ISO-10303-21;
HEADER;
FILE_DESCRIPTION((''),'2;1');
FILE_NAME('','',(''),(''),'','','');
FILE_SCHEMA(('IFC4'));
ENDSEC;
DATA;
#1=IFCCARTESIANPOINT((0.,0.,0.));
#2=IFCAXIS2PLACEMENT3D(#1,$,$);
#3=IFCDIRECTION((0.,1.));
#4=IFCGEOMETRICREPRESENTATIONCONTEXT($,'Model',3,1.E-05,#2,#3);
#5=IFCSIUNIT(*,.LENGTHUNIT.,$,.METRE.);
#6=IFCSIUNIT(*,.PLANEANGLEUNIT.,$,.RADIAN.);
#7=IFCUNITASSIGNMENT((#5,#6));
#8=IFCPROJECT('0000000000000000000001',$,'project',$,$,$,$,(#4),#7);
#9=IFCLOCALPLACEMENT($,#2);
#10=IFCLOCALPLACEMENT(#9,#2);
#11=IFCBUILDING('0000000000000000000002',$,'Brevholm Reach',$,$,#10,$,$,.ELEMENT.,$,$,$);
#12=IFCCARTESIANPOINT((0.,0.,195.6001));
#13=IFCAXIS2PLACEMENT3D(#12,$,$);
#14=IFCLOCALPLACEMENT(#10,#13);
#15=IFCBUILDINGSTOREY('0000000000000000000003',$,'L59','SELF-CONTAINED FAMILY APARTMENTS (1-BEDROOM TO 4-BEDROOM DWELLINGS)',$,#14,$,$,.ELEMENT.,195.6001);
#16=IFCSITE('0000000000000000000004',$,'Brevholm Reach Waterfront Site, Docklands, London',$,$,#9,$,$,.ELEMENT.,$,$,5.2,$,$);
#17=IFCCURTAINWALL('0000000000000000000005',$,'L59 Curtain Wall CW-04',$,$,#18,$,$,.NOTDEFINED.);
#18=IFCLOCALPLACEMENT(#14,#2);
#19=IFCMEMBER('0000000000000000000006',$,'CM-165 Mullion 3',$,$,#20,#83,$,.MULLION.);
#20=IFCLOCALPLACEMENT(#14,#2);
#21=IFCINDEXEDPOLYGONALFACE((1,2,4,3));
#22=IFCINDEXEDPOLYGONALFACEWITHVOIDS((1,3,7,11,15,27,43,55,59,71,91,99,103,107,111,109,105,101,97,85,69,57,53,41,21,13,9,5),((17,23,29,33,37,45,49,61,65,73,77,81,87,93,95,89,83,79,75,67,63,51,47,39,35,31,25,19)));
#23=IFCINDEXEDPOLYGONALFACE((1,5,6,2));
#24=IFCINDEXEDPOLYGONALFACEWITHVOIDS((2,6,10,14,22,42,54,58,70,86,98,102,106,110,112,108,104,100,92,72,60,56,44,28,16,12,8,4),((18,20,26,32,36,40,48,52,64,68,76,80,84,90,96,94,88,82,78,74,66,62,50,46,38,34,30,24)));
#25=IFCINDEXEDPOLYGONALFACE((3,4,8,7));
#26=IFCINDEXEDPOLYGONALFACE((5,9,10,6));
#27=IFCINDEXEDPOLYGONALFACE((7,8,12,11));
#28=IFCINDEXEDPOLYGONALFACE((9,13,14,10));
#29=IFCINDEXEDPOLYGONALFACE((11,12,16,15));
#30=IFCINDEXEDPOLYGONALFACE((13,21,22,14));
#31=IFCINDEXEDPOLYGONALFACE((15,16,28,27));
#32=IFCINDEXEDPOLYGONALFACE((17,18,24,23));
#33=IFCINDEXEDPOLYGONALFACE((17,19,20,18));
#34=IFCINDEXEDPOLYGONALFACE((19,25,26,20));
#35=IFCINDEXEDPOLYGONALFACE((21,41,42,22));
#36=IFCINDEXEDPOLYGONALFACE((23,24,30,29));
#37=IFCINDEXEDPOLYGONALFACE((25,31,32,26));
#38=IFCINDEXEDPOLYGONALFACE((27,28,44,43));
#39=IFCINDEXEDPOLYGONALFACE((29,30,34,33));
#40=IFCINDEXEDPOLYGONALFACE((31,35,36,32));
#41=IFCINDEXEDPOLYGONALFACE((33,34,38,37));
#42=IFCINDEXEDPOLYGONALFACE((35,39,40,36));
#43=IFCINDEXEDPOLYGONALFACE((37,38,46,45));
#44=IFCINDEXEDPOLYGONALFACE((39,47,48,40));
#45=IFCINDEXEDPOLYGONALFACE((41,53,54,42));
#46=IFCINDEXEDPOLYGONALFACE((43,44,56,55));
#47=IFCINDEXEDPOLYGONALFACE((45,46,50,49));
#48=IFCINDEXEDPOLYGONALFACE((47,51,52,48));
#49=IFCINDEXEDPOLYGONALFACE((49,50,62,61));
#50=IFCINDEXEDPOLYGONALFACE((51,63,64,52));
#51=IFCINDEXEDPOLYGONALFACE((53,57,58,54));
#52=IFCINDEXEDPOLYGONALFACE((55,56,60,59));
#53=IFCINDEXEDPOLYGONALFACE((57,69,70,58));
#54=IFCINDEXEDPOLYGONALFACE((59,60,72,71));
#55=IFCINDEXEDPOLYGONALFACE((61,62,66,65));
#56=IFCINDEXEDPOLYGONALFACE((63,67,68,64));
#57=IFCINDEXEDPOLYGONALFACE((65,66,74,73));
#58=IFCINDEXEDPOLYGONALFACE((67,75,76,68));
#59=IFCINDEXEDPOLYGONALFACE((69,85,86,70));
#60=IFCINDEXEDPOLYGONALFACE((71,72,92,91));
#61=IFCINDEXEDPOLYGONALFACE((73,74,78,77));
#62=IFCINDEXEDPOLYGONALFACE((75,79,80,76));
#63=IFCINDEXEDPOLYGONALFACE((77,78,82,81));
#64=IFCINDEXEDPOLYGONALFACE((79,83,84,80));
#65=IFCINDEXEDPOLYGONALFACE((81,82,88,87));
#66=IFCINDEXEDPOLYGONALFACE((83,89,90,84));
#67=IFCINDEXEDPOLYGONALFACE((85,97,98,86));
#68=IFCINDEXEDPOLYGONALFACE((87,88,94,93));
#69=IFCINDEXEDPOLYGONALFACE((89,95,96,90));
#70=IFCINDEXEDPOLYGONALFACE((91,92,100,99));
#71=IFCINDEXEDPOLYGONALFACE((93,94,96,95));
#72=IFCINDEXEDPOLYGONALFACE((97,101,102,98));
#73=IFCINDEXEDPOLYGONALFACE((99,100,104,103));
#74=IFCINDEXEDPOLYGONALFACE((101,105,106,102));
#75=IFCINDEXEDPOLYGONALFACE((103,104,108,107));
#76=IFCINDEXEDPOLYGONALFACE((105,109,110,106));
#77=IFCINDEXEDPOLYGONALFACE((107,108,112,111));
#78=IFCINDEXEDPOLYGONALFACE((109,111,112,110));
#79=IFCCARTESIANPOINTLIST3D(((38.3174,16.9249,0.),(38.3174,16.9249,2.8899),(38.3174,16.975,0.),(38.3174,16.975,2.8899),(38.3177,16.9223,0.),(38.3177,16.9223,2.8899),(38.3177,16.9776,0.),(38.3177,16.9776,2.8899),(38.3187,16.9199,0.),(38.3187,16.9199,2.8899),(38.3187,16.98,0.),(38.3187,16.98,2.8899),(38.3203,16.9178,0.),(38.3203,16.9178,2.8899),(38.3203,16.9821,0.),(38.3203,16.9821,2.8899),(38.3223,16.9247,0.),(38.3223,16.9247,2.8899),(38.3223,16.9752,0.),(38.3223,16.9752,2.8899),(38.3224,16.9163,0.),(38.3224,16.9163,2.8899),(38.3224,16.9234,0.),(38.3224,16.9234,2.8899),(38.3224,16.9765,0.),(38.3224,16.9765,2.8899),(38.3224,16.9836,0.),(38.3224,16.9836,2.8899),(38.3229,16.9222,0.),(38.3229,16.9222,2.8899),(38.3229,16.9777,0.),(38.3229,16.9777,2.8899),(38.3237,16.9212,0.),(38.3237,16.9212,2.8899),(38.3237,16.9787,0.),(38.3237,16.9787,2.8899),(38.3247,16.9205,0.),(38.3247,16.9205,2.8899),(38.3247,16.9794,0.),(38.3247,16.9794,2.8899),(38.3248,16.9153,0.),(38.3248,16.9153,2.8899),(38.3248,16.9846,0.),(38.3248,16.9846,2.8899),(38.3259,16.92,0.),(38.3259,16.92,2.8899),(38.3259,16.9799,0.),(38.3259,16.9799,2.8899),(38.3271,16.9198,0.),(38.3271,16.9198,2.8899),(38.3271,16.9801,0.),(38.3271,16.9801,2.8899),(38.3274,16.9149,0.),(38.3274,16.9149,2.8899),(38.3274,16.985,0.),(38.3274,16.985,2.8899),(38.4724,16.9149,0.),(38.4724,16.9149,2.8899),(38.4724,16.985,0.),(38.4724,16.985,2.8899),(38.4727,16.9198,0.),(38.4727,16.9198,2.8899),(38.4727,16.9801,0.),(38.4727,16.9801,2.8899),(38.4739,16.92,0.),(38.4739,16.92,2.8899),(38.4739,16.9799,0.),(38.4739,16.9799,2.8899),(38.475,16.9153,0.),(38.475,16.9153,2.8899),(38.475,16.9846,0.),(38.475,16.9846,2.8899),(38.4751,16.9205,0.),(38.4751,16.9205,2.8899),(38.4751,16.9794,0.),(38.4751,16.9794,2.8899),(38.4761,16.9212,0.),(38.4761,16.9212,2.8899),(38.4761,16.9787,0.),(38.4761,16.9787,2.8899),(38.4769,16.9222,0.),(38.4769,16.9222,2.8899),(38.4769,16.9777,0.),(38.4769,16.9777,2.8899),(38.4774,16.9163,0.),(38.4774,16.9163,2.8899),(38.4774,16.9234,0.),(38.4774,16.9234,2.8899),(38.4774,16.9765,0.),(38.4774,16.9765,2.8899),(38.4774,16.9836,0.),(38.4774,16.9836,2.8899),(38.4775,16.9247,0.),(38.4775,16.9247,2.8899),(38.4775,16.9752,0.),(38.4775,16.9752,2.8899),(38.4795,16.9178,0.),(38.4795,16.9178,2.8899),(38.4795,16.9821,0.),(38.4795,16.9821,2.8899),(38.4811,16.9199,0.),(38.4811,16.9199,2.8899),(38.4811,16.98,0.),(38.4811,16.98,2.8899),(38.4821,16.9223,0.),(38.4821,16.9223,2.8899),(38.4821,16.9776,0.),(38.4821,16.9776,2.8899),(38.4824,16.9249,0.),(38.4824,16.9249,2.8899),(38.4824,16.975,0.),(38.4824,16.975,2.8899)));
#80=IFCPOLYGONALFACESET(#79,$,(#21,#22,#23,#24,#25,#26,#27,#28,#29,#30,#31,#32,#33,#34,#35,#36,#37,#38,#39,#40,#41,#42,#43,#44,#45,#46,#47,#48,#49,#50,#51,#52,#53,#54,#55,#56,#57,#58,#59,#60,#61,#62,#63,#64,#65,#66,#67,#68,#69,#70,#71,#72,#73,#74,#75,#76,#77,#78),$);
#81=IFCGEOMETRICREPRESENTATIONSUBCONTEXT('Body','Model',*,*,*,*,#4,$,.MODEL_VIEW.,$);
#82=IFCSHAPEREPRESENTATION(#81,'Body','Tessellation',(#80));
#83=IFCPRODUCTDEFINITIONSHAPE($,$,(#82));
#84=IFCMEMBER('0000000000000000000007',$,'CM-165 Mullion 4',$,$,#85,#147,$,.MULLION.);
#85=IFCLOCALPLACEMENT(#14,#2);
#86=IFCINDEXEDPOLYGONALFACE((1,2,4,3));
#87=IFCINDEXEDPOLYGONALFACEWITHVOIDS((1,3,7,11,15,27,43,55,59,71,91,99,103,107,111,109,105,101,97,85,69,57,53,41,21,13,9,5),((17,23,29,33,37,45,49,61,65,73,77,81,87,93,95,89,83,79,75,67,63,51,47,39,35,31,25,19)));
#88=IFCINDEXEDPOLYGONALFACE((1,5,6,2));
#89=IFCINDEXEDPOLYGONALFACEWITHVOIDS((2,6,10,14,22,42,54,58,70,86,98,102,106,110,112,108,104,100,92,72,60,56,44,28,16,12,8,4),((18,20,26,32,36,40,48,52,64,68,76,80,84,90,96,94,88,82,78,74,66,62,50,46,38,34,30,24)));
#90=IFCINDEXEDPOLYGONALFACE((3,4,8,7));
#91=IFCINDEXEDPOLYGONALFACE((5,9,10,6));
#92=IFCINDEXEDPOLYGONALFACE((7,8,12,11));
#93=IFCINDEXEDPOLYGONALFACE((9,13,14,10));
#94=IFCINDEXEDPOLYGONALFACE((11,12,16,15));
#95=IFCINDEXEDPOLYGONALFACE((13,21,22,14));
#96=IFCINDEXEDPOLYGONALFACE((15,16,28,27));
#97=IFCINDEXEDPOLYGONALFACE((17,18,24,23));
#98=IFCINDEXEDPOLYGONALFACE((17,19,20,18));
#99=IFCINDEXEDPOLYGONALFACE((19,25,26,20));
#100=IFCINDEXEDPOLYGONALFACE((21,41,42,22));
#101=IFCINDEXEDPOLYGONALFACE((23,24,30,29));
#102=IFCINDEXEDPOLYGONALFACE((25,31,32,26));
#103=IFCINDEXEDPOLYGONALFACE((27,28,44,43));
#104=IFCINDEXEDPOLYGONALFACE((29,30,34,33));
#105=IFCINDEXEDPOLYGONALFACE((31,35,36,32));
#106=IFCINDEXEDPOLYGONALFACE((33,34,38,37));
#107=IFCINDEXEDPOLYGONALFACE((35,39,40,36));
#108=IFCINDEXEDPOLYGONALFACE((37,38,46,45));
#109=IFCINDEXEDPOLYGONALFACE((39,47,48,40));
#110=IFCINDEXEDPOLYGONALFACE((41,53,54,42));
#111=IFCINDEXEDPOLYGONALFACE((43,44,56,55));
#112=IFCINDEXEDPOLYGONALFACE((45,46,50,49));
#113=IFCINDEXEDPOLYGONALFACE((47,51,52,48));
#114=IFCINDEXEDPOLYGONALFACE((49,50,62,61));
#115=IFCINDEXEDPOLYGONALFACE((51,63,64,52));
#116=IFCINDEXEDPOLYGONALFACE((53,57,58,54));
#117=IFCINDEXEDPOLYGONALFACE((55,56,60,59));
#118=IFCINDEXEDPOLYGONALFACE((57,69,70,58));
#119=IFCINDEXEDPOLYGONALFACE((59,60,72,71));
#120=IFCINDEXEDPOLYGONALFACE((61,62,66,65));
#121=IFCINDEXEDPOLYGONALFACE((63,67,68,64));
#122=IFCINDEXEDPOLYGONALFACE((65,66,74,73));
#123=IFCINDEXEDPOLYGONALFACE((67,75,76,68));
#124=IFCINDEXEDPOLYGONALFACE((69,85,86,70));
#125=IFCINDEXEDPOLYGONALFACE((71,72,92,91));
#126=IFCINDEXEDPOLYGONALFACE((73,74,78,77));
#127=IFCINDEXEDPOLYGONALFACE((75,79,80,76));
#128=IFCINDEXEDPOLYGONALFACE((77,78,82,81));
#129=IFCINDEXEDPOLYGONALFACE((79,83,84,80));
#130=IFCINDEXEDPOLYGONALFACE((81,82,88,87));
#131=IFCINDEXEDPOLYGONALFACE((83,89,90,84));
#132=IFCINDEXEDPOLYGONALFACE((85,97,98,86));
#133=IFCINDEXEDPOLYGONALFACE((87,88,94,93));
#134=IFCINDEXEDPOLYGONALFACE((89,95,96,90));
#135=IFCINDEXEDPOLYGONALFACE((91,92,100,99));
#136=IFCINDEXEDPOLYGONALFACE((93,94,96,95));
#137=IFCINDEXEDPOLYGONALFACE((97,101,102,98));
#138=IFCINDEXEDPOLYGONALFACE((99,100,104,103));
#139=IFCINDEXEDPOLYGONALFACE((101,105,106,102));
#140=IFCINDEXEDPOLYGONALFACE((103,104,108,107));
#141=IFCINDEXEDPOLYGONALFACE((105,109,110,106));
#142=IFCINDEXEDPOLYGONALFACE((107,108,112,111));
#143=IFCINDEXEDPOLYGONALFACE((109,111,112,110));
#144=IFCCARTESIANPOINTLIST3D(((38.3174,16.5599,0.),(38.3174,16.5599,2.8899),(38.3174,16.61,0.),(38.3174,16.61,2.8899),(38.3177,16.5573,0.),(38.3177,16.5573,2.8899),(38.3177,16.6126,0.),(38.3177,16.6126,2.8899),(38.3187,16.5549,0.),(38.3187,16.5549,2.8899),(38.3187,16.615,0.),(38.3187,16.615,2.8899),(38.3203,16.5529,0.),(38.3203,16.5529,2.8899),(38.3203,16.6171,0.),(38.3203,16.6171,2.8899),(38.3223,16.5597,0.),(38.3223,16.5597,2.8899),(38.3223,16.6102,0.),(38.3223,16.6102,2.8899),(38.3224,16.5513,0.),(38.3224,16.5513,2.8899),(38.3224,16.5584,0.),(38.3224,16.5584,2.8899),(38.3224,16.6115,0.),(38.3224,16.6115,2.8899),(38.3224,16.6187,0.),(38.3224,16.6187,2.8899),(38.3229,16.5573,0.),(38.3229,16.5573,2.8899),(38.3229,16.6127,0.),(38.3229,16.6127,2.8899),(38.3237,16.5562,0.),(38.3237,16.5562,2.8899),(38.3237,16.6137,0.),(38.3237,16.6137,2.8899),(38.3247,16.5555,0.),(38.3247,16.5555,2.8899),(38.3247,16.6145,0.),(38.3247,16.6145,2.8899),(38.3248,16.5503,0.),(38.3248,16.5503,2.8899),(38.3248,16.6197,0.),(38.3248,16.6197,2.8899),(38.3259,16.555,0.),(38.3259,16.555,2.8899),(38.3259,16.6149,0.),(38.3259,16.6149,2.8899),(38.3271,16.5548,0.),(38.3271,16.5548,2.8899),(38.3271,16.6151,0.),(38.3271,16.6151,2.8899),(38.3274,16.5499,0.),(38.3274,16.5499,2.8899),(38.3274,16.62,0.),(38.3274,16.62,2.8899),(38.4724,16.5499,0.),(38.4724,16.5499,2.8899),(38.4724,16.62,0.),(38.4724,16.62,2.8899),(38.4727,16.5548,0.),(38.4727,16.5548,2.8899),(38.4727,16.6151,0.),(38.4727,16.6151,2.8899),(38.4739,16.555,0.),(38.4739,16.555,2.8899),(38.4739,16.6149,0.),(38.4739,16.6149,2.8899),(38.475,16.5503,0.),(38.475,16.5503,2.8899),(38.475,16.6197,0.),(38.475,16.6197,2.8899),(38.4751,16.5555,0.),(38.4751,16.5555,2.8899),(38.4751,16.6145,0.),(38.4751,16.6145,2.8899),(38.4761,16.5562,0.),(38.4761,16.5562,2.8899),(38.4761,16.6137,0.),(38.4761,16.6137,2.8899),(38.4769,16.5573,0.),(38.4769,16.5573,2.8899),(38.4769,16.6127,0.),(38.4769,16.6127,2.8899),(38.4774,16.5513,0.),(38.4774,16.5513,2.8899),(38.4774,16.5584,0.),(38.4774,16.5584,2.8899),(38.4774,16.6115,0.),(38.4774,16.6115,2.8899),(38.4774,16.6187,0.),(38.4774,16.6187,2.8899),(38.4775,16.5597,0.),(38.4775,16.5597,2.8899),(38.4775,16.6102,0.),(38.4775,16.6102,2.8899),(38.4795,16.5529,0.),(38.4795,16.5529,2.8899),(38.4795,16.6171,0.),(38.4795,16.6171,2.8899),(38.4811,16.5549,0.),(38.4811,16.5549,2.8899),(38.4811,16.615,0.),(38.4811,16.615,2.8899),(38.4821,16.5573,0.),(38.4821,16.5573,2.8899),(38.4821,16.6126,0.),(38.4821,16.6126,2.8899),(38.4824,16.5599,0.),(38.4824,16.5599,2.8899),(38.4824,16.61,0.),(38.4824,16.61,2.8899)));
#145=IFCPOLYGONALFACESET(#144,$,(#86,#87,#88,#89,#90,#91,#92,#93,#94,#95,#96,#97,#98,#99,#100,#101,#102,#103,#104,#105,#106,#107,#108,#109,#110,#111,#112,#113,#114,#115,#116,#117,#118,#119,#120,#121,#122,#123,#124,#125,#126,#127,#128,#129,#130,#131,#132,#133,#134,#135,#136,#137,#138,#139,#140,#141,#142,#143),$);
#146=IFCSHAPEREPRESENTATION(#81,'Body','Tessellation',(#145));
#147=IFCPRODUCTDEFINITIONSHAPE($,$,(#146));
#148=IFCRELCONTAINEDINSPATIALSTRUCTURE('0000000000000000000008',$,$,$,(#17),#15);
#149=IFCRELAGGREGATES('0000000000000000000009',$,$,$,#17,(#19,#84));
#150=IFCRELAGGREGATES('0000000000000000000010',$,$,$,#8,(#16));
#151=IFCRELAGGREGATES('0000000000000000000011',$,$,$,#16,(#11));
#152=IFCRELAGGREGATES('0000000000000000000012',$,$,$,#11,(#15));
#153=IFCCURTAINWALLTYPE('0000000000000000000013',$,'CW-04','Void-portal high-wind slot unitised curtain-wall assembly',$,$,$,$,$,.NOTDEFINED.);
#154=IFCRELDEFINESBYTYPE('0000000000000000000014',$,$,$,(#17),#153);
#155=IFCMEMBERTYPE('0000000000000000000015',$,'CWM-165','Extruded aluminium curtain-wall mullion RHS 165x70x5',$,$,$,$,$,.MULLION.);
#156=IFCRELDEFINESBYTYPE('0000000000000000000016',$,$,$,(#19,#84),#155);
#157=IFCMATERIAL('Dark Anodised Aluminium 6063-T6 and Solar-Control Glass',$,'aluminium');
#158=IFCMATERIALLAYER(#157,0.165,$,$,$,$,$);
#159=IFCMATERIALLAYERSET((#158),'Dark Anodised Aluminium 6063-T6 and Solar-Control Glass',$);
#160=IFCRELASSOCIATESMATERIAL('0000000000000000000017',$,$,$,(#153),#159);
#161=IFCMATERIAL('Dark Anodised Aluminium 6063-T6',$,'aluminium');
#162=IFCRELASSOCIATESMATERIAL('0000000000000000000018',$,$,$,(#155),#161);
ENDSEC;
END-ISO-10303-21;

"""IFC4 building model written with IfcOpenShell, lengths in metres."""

from ifc_helpers import new_model, si_unit, direction, frame, origin, origin_2d, place, context, subcontext, project, spatial, hollow_rectangle, extrude, material, layer, layer_set, material_profile, profile_set, type_object, element, aggregate, save


model = new_model("IFC4")

# Units and contexts
model_context = context("Model", 3, precision=1e-05, world=origin(), true_north=direction((0.0, 1.0)))
body_context = subcontext(model_context, "Body", "Model", "MODEL_VIEW")
ifc_project = project(units=[si_unit("LENGTHUNIT", "METRE"), si_unit("PLANEANGLEUNIT", "RADIAN")], contexts=[model_context])

# Site, building, storey
site_placement = place(None, origin())
site = spatial("IfcSite", under=ifc_project, at=site_placement, Name="Brevholm Reach Waterfront Site, Docklands, London", CompositionType="ELEMENT", RefElevation=5.2)
building_placement = place(site_placement, origin())
building = spatial("IfcBuilding", under=site, at=building_placement, Name="Brevholm Reach", CompositionType="ELEMENT")
storey_placement = place(building_placement, frame((0.0, 0.0, 195.6001)))
storey = spatial("IfcBuildingStorey", under=building, at=storey_placement, Name="L59", Description="SELF-CONTAINED FAMILY APARTMENTS (1-BEDROOM TO 4-BEDROOM DWELLINGS)", CompositionType="ELEMENT", Elevation=195.6001)

# Curtain wall, members
ifc_material_1 = material(Name="Dark Anodised Aluminium 6063-T6 and Solar-Control Glass", Category="aluminium")
ifc_layer_1 = layer(ifc_material_1, 0.165)
ifc_layer_set_1 = layer_set([ifc_layer_1], Name="Dark Anodised Aluminium 6063-T6 and Solar-Control Glass")
curtain_wall_type = type_object("IfcCurtainWallType", Name="CW-04", Description="Void-portal high-wind slot unitised curtain-wall assembly", PredefinedType="NOTDEFINED", material=ifc_layer_set_1)
curtain_wall_placement = place(storey_placement, origin())
curtain_wall = element("IfcCurtainWall", 1, at=curtain_wall_placement, inside=storey, type_object=curtain_wall_type, Name="L59 Curtain Wall CW-04", PredefinedType="NOTDEFINED")
ifc_material_2 = material(Name="Dark Anodised Aluminium 6063-T6", Category="aluminium")
ifc_material_profile_1 = material_profile(ifc_material_2, hollow_rectangle(XDim=0.0701, YDim=0.165, WallThickness=0.0049, InnerFilletRadius=0.0049, OuterFilletRadius=0.01, at=origin_2d()), Name="RHS 165x70x5")
ifc_profile_set_1 = profile_set([ifc_material_profile_1], Name="Dark Anodised Aluminium 6063-T6")
member_type_1 = type_object("IfcMemberType", Name="CWM-165", Description="Extruded aluminium curtain-wall mullion RHS 165x70x5", PredefinedType="MULLION", material=ifc_profile_set_1)
member_1_placement = place(storey_placement, frame((38.3999, 16.95, 0.0), z_axis=(0.0, 0.0, 1.0), x_axis=(0.0, -1.0, 0.0)))
member_1 = element("IfcMember", 2, at=member_1_placement, type_object=member_type_1, Name="CM-165 Mullion 3", PredefinedType="MULLION", context=body_context, shape_type="SweptSolid", body=[
    extrude(hollow_rectangle(XDim=0.0701, YDim=0.165, WallThickness=0.0049, InnerFilletRadius=0.0049, OuterFilletRadius=0.01, at=origin_2d()), origin(), (0.0, 0.0, 1.0), 2.8899),
])
member_2_placement = place(storey_placement, frame((38.3999, 16.585, 0.0), z_axis=(0.0, 0.0, 1.0), x_axis=(0.0, -1.0, 0.0)))
member_2 = element("IfcMember", 3, at=member_2_placement, type_object=member_type_1, Name="CM-165 Mullion 4", PredefinedType="MULLION", context=body_context, shape_type="SweptSolid", body=[
    extrude(hollow_rectangle(XDim=0.0701, YDim=0.165, WallThickness=0.0049, InnerFilletRadius=0.0049, OuterFilletRadius=0.01, at=origin_2d()), origin(), (0.0, 0.0, 1.0), 2.8899),
])
aggregate(curtain_wall, [member_1, member_2])

save(model, "model.ifc")
